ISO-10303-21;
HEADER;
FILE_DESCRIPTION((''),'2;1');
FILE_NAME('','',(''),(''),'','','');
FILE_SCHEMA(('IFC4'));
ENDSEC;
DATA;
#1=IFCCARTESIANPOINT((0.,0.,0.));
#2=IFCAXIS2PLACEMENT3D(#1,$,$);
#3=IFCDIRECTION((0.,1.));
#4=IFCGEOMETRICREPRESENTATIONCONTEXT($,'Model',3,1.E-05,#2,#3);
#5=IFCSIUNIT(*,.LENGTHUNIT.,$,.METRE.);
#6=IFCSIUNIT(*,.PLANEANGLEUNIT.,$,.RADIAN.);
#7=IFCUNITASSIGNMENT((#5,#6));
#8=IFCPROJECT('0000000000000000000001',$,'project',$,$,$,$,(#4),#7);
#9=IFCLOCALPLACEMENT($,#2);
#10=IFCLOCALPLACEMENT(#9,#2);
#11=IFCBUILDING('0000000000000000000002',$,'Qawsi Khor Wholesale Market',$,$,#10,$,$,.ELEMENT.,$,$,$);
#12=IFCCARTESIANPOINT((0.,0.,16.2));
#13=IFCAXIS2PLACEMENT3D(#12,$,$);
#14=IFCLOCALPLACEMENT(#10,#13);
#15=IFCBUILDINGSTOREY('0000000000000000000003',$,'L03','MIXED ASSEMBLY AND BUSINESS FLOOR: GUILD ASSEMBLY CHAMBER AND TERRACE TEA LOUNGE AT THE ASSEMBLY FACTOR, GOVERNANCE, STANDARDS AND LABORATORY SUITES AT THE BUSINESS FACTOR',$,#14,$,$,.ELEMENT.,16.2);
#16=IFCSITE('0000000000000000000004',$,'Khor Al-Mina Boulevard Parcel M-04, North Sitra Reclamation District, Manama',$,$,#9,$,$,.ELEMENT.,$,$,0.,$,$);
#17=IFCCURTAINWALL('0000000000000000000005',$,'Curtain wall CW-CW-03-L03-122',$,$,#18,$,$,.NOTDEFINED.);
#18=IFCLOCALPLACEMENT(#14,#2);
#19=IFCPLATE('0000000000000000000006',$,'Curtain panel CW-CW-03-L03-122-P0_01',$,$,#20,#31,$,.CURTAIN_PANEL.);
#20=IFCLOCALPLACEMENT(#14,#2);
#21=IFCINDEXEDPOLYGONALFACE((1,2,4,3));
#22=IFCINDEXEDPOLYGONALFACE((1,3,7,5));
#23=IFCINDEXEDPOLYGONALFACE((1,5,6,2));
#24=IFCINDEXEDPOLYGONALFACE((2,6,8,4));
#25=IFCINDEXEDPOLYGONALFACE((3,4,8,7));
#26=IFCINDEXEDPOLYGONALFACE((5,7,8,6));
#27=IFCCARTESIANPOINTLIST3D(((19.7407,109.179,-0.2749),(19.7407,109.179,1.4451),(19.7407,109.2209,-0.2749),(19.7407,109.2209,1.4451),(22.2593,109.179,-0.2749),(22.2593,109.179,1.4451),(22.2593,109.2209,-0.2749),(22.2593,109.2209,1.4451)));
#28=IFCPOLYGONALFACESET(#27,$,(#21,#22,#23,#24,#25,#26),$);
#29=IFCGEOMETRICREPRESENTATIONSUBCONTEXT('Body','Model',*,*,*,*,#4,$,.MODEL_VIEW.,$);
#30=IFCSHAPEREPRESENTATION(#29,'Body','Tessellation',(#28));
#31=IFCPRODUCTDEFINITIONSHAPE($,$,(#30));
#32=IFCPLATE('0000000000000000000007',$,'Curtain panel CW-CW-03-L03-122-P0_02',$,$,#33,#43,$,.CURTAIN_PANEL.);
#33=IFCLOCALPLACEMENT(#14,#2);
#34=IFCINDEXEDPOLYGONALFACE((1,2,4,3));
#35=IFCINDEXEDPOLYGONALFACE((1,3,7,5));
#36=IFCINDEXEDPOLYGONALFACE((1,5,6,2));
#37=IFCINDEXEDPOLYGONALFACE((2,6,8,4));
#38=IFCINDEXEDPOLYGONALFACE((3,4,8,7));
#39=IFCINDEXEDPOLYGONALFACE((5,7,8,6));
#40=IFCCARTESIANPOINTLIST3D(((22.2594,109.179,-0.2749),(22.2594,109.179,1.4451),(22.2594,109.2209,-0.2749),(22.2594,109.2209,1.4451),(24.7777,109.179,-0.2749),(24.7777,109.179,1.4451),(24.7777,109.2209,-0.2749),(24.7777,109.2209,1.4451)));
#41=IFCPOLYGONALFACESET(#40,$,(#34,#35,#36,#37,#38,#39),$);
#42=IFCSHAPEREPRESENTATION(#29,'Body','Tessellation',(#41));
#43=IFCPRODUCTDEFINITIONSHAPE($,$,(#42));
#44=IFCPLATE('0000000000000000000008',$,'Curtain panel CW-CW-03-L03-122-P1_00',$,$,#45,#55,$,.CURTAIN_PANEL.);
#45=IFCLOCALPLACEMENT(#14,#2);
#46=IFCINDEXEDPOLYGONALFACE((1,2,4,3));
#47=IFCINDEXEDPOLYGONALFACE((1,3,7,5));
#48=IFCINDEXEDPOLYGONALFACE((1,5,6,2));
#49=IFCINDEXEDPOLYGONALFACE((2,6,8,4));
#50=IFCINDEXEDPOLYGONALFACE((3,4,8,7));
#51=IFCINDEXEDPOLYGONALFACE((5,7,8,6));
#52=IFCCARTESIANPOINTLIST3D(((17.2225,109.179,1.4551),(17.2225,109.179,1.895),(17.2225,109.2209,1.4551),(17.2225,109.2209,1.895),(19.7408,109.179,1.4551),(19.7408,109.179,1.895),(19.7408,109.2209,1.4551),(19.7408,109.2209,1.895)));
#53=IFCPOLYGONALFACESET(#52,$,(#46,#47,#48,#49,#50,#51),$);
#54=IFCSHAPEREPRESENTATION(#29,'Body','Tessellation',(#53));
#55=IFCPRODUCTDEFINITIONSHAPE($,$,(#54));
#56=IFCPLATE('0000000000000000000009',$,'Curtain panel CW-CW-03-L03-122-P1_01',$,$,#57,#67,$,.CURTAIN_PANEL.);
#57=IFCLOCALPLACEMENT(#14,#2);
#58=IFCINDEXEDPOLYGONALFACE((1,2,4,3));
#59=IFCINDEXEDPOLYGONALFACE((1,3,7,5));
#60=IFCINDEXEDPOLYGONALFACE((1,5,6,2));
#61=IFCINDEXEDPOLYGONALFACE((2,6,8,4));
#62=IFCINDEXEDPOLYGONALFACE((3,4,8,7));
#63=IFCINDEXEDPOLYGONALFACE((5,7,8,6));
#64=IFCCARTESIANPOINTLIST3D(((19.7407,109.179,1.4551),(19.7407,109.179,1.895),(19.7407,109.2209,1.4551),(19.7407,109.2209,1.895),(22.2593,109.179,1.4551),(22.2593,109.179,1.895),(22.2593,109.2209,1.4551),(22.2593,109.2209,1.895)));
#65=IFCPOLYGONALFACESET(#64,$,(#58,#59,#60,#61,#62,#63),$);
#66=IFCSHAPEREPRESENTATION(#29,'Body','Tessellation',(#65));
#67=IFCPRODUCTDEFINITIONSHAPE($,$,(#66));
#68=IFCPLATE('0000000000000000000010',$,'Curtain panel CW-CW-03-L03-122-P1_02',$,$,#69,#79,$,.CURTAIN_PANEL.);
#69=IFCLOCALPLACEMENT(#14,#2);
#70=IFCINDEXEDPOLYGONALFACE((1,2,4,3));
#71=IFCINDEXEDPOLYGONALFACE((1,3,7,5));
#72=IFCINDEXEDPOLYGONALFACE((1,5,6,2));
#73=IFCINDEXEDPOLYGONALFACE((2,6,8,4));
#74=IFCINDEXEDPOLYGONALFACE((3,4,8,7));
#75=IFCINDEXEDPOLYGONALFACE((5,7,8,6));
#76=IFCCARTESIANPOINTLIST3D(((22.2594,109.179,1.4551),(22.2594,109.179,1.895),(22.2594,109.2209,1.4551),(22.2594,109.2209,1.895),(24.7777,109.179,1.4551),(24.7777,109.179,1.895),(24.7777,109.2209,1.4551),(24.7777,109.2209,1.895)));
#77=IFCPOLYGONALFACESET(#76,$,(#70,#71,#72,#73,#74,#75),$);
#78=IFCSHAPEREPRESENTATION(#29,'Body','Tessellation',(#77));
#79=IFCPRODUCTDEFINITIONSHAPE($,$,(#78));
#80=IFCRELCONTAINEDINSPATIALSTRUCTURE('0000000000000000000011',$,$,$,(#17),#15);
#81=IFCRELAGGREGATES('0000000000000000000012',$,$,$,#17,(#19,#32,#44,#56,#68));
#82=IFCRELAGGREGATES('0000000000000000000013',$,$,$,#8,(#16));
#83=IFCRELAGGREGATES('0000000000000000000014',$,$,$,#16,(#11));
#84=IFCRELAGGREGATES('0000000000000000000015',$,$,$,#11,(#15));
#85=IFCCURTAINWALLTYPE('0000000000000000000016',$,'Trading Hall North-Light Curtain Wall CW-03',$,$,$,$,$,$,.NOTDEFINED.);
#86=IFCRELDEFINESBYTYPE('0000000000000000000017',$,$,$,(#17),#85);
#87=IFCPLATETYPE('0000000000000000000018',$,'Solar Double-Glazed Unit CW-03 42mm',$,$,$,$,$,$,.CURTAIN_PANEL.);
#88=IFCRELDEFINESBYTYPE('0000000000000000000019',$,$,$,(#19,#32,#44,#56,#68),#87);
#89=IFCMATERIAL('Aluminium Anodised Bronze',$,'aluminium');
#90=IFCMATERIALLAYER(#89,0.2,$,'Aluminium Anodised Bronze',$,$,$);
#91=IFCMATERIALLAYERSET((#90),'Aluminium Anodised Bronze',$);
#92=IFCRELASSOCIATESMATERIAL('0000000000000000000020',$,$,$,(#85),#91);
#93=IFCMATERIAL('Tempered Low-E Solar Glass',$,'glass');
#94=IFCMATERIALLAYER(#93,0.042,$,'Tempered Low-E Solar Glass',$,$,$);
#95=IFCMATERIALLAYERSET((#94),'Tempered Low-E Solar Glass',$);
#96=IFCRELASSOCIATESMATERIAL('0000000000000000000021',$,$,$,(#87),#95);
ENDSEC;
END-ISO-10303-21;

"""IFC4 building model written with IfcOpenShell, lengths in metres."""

from ifc_helpers import new_model, si_unit, direction, frame, frame_2d, origin, place, context, subcontext, project, spatial, rectangle, extrude, material, layer, layer_set, type_object, element, aggregate, save


model = new_model("IFC4")

# Units and contexts
model_context = context("Model", 3, precision=1e-05, world=origin(), true_north=direction((0.0, 1.0)))
body_context = subcontext(model_context, "Body", "Model", "MODEL_VIEW")
ifc_project = project(units=[si_unit("LENGTHUNIT", "METRE"), si_unit("PLANEANGLEUNIT", "RADIAN")], contexts=[model_context])

# Site, building, storey
site_placement = place(None, origin())
site = spatial("IfcSite", under=ifc_project, at=site_placement, Name="Khor Al-Mina Boulevard Parcel M-04, North Sitra Reclamation District, Manama", CompositionType="ELEMENT", RefElevation=0.0)
building_placement = place(site_placement, origin())
building = spatial("IfcBuilding", under=site, at=building_placement, Name="Qawsi Khor Wholesale Market", CompositionType="ELEMENT")
storey_placement = place(building_placement, frame((0.0, 0.0, 16.2)))
storey = spatial("IfcBuildingStorey", under=building, at=storey_placement, Name="L03", Description="MIXED ASSEMBLY AND BUSINESS FLOOR: GUILD ASSEMBLY CHAMBER AND TERRACE TEA LOUNGE AT THE ASSEMBLY FACTOR, GOVERNANCE, STANDARDS AND LABORATORY SUITES AT THE BUSINESS FACTOR", CompositionType="ELEMENT", Elevation=16.2)

# Curtain wall
ifc_material_1 = material(Name="Aluminium Anodised Bronze", Category="aluminium")
ifc_layer_1 = layer(ifc_material_1, 0.2, Name="Aluminium Anodised Bronze")
ifc_layer_set_1 = layer_set([ifc_layer_1], Name="Aluminium Anodised Bronze")
curtain_wall_type = type_object("IfcCurtainWallType", Name="Trading Hall North-Light Curtain Wall CW-03", PredefinedType="NOTDEFINED", material=ifc_layer_set_1)
curtain_wall_placement = place(storey_placement, origin())
curtain_wall = element("IfcCurtainWall", 1, at=curtain_wall_placement, inside=storey, type_object=curtain_wall_type, Name="Curtain wall CW-CW-03-L03-122", PredefinedType="NOTDEFINED")

# Plates
ifc_material_2 = material(Name="Tempered Low-E Solar Glass", Category="glass")
ifc_layer_2 = layer(ifc_material_2, 0.042, Name="Tempered Low-E Solar Glass")
ifc_layer_set_2 = layer_set([ifc_layer_2], Name="Tempered Low-E Solar Glass")
plate_type = type_object("IfcPlateType", Name="Solar Double-Glazed Unit CW-03 42mm", PredefinedType="CURTAIN_PANEL", material=ifc_layer_set_2)
plate_1_placement = place(storey_placement, frame((19.7407, 109.2, -0.2749), z_axis=(0.0, 0.0, 1.0), x_axis=(1.0, 0.0, 0.0)))
plate_1 = element("IfcPlate", 2, at=plate_1_placement, type_object=plate_type, Name="Curtain panel CW-CW-03-L03-122-P0_01", PredefinedType="CURTAIN_PANEL", context=body_context, shape_type="SweptSolid", body=[
    extrude(rectangle(XDim=2.5186, YDim=0.042, at=frame_2d((1.2593, 0.0))), origin(), (0.0, 0.0, 1.0), 1.72),
])
plate_2_placement = place(storey_placement, frame((22.2593, 109.2, -0.2749), z_axis=(0.0, 0.0, 1.0), x_axis=(1.0, 0.0, 0.0)))
plate_2 = element("IfcPlate", 3, at=plate_2_placement, type_object=plate_type, Name="Curtain panel CW-CW-03-L03-122-P0_02", PredefinedType="CURTAIN_PANEL", context=body_context, shape_type="SweptSolid", body=[
    extrude(rectangle(XDim=2.5183, YDim=0.042, at=frame_2d((1.2593, 0.0))), origin(), (0.0, 0.0, 1.0), 1.72),
])
plate_3_placement = place(storey_placement, frame((17.2224, 109.2, 1.4551), z_axis=(0.0, 0.0, 1.0), x_axis=(1.0, 0.0, 0.0)))
plate_3 = element("IfcPlate", 4, at=plate_3_placement, type_object=plate_type, Name="Curtain panel CW-CW-03-L03-122-P1_00", PredefinedType="CURTAIN_PANEL", context=body_context, shape_type="SweptSolid", body=[
    extrude(rectangle(XDim=2.5183, YDim=0.042, at=frame_2d((1.2593, 0.0))), origin(), (0.0, 0.0, 1.0), 0.4399),
])
plate_4_placement = place(storey_placement, frame((19.7407, 109.2, 1.4551), z_axis=(0.0, 0.0, 1.0), x_axis=(1.0, 0.0, 0.0)))
plate_4 = element("IfcPlate", 5, at=plate_4_placement, type_object=plate_type, Name="Curtain panel CW-CW-03-L03-122-P1_01", PredefinedType="CURTAIN_PANEL", context=body_context, shape_type="SweptSolid", body=[
    extrude(rectangle(XDim=2.5186, YDim=0.042, at=frame_2d((1.2593, 0.0))), origin(), (0.0, 0.0, 1.0), 0.4399),
])
plate_5_placement = place(storey_placement, frame((22.2593, 109.2, 1.4551), z_axis=(0.0, 0.0, 1.0), x_axis=(1.0, 0.0, 0.0)))
plate_5 = element("IfcPlate", 6, at=plate_5_placement, type_object=plate_type, Name="Curtain panel CW-CW-03-L03-122-P1_02", PredefinedType="CURTAIN_PANEL", context=body_context, shape_type="SweptSolid", body=[
    extrude(rectangle(XDim=2.5183, YDim=0.042, at=frame_2d((1.2593, 0.0))), origin(), (0.0, 0.0, 1.0), 0.4399),
])
aggregate(curtain_wall, [plate_1, plate_2, plate_3, plate_4, plate_5])

save(model, "model.ifc")
